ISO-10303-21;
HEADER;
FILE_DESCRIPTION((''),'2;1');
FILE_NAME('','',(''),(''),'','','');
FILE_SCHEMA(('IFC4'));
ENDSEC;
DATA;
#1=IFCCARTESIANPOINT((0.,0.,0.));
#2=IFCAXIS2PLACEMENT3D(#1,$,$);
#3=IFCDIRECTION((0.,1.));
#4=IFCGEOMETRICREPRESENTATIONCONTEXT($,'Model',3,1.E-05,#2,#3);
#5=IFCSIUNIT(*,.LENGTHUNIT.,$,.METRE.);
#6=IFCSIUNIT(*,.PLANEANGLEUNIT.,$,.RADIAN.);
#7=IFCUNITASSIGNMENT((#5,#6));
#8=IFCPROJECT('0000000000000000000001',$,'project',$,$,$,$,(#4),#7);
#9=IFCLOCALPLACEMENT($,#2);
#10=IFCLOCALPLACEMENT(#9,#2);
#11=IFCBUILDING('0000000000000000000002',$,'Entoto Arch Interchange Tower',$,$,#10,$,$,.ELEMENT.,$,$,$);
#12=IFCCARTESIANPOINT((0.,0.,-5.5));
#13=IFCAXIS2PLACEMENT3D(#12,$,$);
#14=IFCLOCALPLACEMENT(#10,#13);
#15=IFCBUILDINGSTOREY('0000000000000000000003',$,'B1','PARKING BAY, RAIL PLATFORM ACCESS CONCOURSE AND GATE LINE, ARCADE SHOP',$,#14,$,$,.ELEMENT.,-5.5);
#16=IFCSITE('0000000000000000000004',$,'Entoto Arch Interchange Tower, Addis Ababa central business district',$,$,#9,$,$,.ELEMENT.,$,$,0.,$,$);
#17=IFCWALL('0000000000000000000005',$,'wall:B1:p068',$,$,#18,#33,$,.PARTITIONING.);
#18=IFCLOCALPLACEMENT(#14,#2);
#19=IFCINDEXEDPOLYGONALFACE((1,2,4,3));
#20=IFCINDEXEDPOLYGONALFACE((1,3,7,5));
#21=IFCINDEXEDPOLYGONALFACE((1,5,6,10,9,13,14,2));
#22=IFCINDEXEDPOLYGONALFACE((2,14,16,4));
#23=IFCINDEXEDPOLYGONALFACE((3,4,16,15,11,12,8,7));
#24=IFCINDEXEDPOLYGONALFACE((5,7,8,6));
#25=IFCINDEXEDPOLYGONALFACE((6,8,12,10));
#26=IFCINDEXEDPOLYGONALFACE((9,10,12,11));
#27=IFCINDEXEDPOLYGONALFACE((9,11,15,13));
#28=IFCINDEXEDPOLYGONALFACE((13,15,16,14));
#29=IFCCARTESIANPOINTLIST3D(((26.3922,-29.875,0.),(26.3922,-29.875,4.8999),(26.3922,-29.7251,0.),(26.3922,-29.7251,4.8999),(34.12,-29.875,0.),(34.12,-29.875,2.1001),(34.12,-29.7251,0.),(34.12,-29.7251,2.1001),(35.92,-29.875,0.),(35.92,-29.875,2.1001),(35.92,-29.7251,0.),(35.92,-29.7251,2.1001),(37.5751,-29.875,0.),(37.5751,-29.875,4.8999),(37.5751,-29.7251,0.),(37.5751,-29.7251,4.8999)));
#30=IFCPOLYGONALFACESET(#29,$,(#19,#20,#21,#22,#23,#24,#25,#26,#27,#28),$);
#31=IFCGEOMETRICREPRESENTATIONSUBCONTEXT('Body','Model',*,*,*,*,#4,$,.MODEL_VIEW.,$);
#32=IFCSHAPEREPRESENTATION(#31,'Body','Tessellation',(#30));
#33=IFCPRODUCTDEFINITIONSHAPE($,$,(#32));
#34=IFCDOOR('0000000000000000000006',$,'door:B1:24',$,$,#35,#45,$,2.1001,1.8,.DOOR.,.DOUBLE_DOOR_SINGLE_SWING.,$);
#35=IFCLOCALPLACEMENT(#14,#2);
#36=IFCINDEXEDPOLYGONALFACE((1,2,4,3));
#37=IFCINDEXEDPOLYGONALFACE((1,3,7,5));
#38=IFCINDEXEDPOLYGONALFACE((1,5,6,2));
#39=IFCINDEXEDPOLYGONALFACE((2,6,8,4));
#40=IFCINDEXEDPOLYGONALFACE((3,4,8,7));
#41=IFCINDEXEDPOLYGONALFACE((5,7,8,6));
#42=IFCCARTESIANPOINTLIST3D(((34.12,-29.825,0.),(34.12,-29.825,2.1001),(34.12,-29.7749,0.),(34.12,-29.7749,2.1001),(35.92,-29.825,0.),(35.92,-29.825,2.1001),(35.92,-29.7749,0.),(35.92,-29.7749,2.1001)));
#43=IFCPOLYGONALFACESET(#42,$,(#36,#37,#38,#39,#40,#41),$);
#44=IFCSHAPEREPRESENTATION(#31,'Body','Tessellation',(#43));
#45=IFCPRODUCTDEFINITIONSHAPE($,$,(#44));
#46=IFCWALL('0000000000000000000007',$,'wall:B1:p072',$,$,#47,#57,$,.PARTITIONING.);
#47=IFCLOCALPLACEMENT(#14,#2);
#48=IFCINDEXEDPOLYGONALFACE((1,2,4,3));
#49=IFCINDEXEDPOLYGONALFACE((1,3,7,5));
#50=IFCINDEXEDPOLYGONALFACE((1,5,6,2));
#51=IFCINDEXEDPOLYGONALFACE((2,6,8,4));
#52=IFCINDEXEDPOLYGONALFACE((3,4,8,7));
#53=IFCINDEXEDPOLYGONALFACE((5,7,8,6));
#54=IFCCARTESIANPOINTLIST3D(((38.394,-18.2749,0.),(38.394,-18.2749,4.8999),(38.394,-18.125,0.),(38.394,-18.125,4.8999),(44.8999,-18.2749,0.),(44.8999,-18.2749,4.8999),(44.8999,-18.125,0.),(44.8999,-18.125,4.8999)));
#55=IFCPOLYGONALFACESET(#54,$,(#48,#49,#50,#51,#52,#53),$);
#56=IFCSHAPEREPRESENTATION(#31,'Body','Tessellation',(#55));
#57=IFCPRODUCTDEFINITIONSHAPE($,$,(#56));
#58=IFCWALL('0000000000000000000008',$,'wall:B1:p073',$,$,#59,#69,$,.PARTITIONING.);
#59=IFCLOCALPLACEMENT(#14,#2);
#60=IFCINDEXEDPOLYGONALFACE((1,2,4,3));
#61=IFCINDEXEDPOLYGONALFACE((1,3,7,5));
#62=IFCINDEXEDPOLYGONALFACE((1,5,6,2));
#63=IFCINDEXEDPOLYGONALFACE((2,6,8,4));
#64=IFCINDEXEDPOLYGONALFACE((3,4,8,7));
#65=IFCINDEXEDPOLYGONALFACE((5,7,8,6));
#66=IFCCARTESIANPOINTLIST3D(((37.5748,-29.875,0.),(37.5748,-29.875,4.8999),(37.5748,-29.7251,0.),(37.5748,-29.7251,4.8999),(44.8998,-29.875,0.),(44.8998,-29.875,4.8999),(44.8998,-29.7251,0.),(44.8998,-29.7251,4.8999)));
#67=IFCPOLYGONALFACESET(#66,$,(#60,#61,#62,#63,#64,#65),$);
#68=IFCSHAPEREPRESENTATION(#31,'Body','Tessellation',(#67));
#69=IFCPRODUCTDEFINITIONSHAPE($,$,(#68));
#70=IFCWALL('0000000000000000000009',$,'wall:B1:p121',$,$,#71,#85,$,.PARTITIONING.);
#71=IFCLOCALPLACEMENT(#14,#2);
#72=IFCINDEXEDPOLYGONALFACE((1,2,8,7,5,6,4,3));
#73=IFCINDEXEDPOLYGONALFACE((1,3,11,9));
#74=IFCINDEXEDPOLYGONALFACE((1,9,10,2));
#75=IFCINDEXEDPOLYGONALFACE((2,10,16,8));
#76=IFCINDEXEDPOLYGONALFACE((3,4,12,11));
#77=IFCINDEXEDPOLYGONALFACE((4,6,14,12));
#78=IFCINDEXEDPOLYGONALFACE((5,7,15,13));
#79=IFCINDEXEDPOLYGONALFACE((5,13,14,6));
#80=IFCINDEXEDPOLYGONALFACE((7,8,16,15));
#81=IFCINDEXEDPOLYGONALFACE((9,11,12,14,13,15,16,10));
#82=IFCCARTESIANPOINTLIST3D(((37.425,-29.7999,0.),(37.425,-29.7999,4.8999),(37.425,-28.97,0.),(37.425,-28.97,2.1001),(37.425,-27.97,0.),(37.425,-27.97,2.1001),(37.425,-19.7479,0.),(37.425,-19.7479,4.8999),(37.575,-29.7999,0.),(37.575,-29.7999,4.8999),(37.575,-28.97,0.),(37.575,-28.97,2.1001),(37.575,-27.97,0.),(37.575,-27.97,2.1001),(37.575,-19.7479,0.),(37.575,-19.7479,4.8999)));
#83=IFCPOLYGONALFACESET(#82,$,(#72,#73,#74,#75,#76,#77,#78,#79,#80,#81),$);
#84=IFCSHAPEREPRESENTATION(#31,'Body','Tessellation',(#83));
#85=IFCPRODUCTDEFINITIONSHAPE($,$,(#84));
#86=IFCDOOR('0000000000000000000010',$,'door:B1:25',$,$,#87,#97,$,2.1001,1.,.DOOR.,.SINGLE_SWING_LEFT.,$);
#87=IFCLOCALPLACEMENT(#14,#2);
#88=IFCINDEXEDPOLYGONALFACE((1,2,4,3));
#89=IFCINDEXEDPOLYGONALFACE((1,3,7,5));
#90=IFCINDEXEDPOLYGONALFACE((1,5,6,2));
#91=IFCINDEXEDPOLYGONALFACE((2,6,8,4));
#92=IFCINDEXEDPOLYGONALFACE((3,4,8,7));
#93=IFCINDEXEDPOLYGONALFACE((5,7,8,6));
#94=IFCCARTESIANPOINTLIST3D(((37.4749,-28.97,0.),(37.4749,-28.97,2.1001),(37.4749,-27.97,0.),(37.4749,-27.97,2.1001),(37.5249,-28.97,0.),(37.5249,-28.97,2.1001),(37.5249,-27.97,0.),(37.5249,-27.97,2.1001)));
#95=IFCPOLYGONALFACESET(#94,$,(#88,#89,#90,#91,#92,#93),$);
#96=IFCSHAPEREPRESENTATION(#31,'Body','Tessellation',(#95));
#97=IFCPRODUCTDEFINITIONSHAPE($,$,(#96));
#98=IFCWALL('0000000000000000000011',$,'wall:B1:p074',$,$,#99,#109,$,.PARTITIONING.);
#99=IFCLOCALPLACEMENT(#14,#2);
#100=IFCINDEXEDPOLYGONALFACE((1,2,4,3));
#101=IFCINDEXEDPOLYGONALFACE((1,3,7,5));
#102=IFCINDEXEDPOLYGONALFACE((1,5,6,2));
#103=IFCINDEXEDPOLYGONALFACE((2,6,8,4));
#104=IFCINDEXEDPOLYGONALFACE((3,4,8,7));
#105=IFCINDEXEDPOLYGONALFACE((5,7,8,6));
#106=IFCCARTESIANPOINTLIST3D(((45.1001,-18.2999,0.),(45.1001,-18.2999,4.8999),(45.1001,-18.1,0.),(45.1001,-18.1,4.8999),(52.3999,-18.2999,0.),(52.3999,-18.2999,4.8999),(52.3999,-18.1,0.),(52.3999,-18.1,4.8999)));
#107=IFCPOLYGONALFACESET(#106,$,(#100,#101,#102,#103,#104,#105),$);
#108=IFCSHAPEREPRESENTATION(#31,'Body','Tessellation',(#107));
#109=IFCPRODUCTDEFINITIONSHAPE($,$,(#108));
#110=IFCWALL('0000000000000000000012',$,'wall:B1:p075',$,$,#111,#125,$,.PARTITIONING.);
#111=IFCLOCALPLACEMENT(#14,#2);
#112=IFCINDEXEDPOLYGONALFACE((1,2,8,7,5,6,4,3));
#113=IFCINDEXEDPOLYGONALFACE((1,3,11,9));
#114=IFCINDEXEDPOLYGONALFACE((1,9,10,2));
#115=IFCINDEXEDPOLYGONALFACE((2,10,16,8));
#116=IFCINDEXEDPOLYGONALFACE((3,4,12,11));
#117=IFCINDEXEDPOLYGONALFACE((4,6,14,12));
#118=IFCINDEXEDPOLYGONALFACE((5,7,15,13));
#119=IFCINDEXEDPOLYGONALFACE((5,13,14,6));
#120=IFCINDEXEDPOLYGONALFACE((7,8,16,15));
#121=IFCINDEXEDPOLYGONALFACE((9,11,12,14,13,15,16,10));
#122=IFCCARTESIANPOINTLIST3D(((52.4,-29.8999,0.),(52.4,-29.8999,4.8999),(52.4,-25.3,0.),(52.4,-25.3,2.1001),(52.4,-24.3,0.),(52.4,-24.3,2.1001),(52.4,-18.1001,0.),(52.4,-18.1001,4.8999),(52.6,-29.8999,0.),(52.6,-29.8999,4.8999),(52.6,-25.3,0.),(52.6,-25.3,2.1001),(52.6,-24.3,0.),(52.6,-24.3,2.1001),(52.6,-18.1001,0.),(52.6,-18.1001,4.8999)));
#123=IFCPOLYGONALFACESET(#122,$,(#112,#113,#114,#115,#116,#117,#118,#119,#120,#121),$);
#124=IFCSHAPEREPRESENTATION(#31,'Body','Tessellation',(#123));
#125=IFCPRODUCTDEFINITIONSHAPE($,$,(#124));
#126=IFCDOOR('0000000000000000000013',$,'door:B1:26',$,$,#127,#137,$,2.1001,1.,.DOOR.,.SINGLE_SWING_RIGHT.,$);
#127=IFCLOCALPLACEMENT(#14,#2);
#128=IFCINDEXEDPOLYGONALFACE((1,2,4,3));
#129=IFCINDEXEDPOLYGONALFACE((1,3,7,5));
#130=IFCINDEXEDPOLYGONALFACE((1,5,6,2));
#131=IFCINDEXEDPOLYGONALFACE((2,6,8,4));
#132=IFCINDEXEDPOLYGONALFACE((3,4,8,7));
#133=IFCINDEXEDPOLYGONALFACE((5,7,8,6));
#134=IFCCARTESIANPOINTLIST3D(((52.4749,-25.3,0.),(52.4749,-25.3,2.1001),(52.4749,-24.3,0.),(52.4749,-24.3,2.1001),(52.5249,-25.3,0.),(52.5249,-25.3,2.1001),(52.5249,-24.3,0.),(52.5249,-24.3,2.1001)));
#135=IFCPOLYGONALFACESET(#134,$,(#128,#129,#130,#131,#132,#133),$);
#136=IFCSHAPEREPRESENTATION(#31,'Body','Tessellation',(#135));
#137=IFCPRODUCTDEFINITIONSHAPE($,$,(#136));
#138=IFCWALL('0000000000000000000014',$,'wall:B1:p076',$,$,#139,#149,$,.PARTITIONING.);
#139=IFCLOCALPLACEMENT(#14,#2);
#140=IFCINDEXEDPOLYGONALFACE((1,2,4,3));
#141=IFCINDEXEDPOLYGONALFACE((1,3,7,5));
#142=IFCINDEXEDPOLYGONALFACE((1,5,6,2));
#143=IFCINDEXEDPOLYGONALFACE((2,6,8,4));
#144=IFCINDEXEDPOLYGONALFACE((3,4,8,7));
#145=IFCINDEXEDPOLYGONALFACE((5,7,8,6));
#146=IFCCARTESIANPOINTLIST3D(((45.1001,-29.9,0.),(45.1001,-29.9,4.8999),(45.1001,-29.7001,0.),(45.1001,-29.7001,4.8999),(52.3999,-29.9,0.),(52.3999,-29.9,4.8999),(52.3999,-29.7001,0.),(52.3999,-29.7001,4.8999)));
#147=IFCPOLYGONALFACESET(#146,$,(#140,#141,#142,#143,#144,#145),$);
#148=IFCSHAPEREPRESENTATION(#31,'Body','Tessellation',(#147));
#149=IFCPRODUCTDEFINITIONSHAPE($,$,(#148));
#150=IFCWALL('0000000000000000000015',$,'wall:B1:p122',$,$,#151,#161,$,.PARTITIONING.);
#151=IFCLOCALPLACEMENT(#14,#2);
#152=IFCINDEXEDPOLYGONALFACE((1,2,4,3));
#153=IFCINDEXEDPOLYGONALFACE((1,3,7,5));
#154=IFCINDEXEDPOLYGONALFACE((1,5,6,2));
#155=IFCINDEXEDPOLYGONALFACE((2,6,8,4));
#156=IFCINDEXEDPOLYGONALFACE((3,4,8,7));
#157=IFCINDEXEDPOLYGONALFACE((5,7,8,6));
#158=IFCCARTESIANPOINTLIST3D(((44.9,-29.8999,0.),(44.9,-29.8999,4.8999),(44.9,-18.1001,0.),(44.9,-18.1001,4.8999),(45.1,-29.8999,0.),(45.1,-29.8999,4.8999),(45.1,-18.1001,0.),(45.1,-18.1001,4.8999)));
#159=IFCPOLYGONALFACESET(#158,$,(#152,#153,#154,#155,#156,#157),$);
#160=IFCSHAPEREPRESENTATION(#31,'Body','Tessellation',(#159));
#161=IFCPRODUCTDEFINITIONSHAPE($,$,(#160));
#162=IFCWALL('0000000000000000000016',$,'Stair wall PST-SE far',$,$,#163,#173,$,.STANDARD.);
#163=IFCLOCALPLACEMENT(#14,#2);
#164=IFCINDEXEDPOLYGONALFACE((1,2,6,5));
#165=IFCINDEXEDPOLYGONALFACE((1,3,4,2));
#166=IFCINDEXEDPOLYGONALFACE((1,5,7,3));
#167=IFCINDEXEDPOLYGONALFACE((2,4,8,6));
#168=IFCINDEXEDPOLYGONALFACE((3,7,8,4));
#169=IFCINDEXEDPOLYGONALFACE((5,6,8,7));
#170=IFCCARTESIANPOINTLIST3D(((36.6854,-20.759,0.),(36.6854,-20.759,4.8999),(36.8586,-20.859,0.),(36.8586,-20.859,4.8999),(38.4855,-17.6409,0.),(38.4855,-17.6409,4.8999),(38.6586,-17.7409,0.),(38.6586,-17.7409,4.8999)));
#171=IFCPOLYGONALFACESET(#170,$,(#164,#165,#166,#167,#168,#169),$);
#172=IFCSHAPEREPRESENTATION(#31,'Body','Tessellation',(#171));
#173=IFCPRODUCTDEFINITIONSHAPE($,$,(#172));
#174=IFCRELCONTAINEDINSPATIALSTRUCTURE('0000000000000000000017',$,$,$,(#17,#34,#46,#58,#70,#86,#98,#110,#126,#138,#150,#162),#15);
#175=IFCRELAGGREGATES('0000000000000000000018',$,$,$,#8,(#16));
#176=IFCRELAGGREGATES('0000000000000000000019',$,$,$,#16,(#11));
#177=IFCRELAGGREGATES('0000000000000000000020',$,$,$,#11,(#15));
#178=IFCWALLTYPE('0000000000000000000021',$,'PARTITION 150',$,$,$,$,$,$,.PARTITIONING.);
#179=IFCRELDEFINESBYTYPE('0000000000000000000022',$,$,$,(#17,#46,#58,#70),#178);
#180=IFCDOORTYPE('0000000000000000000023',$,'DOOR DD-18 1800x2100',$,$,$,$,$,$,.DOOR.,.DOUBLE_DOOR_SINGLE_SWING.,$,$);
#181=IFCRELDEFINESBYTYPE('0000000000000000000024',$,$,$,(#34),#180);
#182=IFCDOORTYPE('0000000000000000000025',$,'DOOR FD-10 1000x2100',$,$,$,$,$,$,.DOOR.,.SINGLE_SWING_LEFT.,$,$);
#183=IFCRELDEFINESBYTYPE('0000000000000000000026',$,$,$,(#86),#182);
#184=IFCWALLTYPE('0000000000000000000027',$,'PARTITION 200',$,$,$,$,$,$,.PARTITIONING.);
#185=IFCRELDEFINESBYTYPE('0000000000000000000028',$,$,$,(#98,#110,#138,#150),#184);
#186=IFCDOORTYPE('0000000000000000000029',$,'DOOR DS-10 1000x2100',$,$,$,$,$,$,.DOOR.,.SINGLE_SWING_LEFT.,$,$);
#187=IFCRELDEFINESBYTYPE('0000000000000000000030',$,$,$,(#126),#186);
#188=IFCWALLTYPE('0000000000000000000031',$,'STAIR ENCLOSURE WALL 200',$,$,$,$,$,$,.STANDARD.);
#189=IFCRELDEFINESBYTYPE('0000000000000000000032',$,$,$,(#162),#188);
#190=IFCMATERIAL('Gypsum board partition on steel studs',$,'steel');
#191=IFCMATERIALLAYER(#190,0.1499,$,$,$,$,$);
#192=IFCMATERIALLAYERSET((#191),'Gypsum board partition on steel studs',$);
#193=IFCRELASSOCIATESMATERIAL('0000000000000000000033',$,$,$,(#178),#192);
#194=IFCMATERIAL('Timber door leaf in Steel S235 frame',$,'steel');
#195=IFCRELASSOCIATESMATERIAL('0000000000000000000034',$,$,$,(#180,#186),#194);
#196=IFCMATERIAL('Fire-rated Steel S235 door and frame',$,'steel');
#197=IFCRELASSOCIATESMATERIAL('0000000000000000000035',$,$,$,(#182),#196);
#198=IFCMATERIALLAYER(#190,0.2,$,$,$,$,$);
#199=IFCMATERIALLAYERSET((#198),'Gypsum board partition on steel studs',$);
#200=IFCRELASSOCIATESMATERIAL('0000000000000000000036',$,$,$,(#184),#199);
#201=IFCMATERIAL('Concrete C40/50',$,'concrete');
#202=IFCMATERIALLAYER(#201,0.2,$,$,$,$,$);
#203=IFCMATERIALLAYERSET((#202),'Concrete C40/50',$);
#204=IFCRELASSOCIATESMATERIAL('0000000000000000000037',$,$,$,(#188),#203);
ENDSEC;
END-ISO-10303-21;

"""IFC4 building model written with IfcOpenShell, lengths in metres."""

from ifc_helpers import new_model, si_unit, direction, frame, frame_2d, origin, place, context, subcontext, project, spatial, rectangle, extrude, material, layer, layer_set, type_object, element, fill, save


model = new_model("IFC4")

# Units and contexts
model_context = context("Model", 3, precision=1e-05, world=origin(), true_north=direction((0.0, 1.0)))
body_context = subcontext(model_context, "Body", "Model", "MODEL_VIEW")
ifc_project = project(units=[si_unit("LENGTHUNIT", "METRE"), si_unit("PLANEANGLEUNIT", "RADIAN")], contexts=[model_context])

# Site, building, storey
site_placement = place(None, origin())
site = spatial("IfcSite", under=ifc_project, at=site_placement, Name="Entoto Arch Interchange Tower, Addis Ababa central business district", CompositionType="ELEMENT", RefElevation=0.0)
building_placement = place(site_placement, origin())
building = spatial("IfcBuilding", under=site, at=building_placement, Name="Entoto Arch Interchange Tower", CompositionType="ELEMENT")
storey_placement = place(building_placement, frame((0.0, 0.0, -5.5)))
storey = spatial("IfcBuildingStorey", under=building, at=storey_placement, Name="B1", Description="PARKING BAY, RAIL PLATFORM ACCESS CONCOURSE AND GATE LINE, ARCADE SHOP", CompositionType="ELEMENT", Elevation=-5.5)

# Shared definitions
ifc_material_1 = material(Name="Concrete C40/50", Category="concrete")

# Wall, opening, door
ifc_material_2 = material(Name="Gypsum board partition on steel studs", Category="steel")
ifc_layer_1 = layer(ifc_material_2, 0.1499)
ifc_layer_set_1 = layer_set([ifc_layer_1], Name="Gypsum board partition on steel studs")
wall_type_1 = type_object("IfcWallType", Name="PARTITION 150", PredefinedType="PARTITIONING", material=ifc_layer_set_1)
wall_1_placement = place(storey_placement, frame((37.575, -29.8, 0.0), z_axis=(0.0, 0.0, 1.0), x_axis=(-1.0, 0.0, 0.0)))
wall_1 = element("IfcWall", 1, at=wall_1_placement, inside=storey, type_object=wall_type_1, Name="wall:B1:p068", PredefinedType="PARTITIONING", context=body_context, shape_type="SweptSolid", body=[
    extrude(rectangle(XDim=11.1829, YDim=0.1499, at=frame_2d((5.5913, 0.0))), origin(), (0.0, 0.0, 1.0), 4.8999),
])
opening_1_placement = place(wall_1_placement, frame((1.655, 0.0, 0.0)))
opening_1 = element("IfcOpeningElement", 2, at=opening_1_placement, cuts=wall_1, PredefinedType="OPENING", context=body_context, shape_type="SweptSolid", body=[
    extrude(rectangle(XDim=1.8, YDim=2.1001, at=frame_2d((0.8999, 1.05))), frame((0.0, 0.085, 0.0), z_axis=(0.0, -1.0, 0.0), x_axis=(1.0, 0.0, 0.0)), (0.0, 0.0, 1.0), 0.1699),
])
ifc_material_3 = material(Name="Timber door leaf in Steel S235 frame", Category="steel")
door_type_1 = type_object("IfcDoorType", Name="DOOR DD-18 1800x2100", OperationType="DOUBLE_DOOR_SINGLE_SWING", PredefinedType="DOOR", material=ifc_material_3)
door_1_placement = place(opening_1_placement, origin())
door_1 = element("IfcDoor", 3, at=door_1_placement, inside=storey, type_object=door_type_1, Name="door:B1:24", OperationType="DOUBLE_DOOR_SINGLE_SWING", OverallHeight=2.1001, OverallWidth=1.8, PredefinedType="DOOR", context=body_context, shape_type="SweptSolid", body=[
    extrude(rectangle(XDim=1.8, YDim=2.1001, at=frame_2d((0.8999, 1.05))), frame((0.0, 0.0249, 0.0), z_axis=(0.0, -1.0, 0.0), x_axis=(1.0, 0.0, 0.0)), (0.0, 0.0, 1.0), 0.05),
])
fill(opening_1, door_1)

# Walls
wall_2_placement = place(storey_placement, frame((38.394, -18.2, 0.0), z_axis=(0.0, 0.0, 1.0), x_axis=(1.0, 0.0, 0.0)))
element("IfcWall", 4, at=wall_2_placement, inside=storey, type_object=wall_type_1, Name="wall:B1:p072", PredefinedType="PARTITIONING", context=body_context, shape_type="SweptSolid", body=[
    extrude(rectangle(XDim=6.5059, YDim=0.1499, at=frame_2d((3.2529, 0.0))), origin(), (0.0, 0.0, 1.0), 4.8999),
])
wall_3_placement = place(storey_placement, frame((44.8999, -29.8, 0.0), z_axis=(0.0, 0.0, 1.0), x_axis=(-1.0, 0.0, 0.0)))
element("IfcWall", 5, at=wall_3_placement, inside=storey, type_object=wall_type_1, Name="wall:B1:p073", PredefinedType="PARTITIONING", context=body_context, shape_type="SweptSolid", body=[
    extrude(rectangle(XDim=7.325, YDim=0.1499, at=frame_2d((3.6626, 0.0))), origin(), (0.0, 0.0, 1.0), 4.8999),
])

# Wall, opening, door
wall_4_placement = place(storey_placement, frame((37.5, -19.748, 0.0), z_axis=(0.0, 0.0, 1.0), x_axis=(0.0, -1.0, 0.0)))
wall_4 = element("IfcWall", 6, at=wall_4_placement, inside=storey, type_object=wall_type_1, Name="wall:B1:p121", PredefinedType="PARTITIONING", context=body_context, shape_type="SweptSolid", body=[
    extrude(rectangle(XDim=10.052, YDim=0.1499, at=frame_2d((5.0259, 0.0))), origin(), (0.0, 0.0, 1.0), 4.8999),
])
opening_2_placement = place(wall_4_placement, frame((8.2219, 0.0, 0.0)))
opening_2 = element("IfcOpeningElement", 7, at=opening_2_placement, cuts=wall_4, PredefinedType="OPENING", context=body_context, shape_type="SweptSolid", body=[
    extrude(rectangle(XDim=1.0, YDim=2.1001, at=frame_2d((0.5, 1.05))), frame((0.0, 0.085, 0.0), z_axis=(0.0, -1.0, 0.0), x_axis=(1.0, 0.0, 0.0)), (0.0, 0.0, 1.0), 0.1699),
])
ifc_material_4 = material(Name="Fire-rated Steel S235 door and frame", Category="steel")
door_type_2 = type_object("IfcDoorType", Name="DOOR FD-10 1000x2100", OperationType="SINGLE_SWING_LEFT", PredefinedType="DOOR", material=ifc_material_4)
door_2_placement = place(opening_2_placement, origin())
door_2 = element("IfcDoor", 8, at=door_2_placement, inside=storey, type_object=door_type_2, Name="door:B1:25", OperationType="SINGLE_SWING_LEFT", OverallHeight=2.1001, OverallWidth=1.0, PredefinedType="DOOR", context=body_context, shape_type="SweptSolid", body=[
    extrude(rectangle(XDim=1.0, YDim=2.1001, at=frame_2d((0.5, 1.05))), frame((0.0, 0.0249, 0.0), z_axis=(0.0, -1.0, 0.0), x_axis=(1.0, 0.0, 0.0)), (0.0, 0.0, 1.0), 0.05),
])
fill(opening_2, door_2)

# Wall
ifc_layer_2 = layer(ifc_material_2, 0.2)
ifc_layer_set_2 = layer_set([ifc_layer_2], Name="Gypsum board partition on steel studs")
wall_type_2 = type_object("IfcWallType", Name="PARTITION 200", PredefinedType="PARTITIONING", material=ifc_layer_set_2)
wall_5_placement = place(storey_placement, frame((45.1001, -18.2, 0.0), z_axis=(0.0, 0.0, 1.0), x_axis=(1.0, 0.0, 0.0)))
element("IfcWall", 9, at=wall_5_placement, inside=storey, type_object=wall_type_2, Name="wall:B1:p074", PredefinedType="PARTITIONING", context=body_context, shape_type="SweptSolid", body=[
    extrude(rectangle(XDim=7.2998, YDim=0.2, at=frame_2d((3.6499, 0.0))), origin(), (0.0, 0.0, 1.0), 4.8999),
])

# Wall, opening, door
wall_6_placement = place(storey_placement, frame((52.5, -18.1001, 0.0), z_axis=(0.0, 0.0, 1.0), x_axis=(0.0, -1.0, 0.0)))
wall_6 = element("IfcWall", 10, at=wall_6_placement, inside=storey, type_object=wall_type_2, Name="wall:B1:p075", PredefinedType="PARTITIONING", context=body_context, shape_type="SweptSolid", body=[
    extrude(rectangle(XDim=11.7998, YDim=0.2, at=frame_2d((5.8999, 0.0))), origin(), (0.0, 0.0, 1.0), 4.8999),
])
opening_3_placement = place(wall_6_placement, frame((6.2, 0.0, 0.0)))
opening_3 = element("IfcOpeningElement", 11, at=opening_3_placement, cuts=wall_6, PredefinedType="OPENING", context=body_context, shape_type="SweptSolid", body=[
    extrude(rectangle(XDim=1.0, YDim=2.1001, at=frame_2d((0.5, 1.05))), frame((0.0, 0.1099, 0.0), z_axis=(0.0, -1.0, 0.0), x_axis=(1.0, 0.0, 0.0)), (0.0, 0.0, 1.0), 0.22),
])
door_type_3 = type_object("IfcDoorType", Name="DOOR DS-10 1000x2100", OperationType="SINGLE_SWING_LEFT", PredefinedType="DOOR", material=ifc_material_3)
door_3_placement = place(opening_3_placement, origin())
door_3 = element("IfcDoor", 12, at=door_3_placement, inside=storey, type_object=door_type_3, Name="door:B1:26", OperationType="SINGLE_SWING_RIGHT", OverallHeight=2.1001, OverallWidth=1.0, PredefinedType="DOOR", context=body_context, shape_type="SweptSolid", body=[
    extrude(rectangle(XDim=1.0, YDim=2.1001, at=frame_2d((0.5, 1.05))), frame((0.0, 0.0249, 0.0), z_axis=(0.0, -1.0, 0.0), x_axis=(1.0, 0.0, 0.0)), (0.0, 0.0, 1.0), 0.05),
])
fill(opening_3, door_3)

# Walls
wall_7_placement = place(storey_placement, frame((52.3999, -29.8, 0.0), z_axis=(0.0, 0.0, 1.0), x_axis=(-1.0, 0.0, 0.0)))
element("IfcWall", 13, at=wall_7_placement, inside=storey, type_object=wall_type_2, Name="wall:B1:p076", PredefinedType="PARTITIONING", context=body_context, shape_type="SweptSolid", body=[
    extrude(rectangle(XDim=7.2998, YDim=0.2, at=frame_2d((3.6499, 0.0))), origin(), (0.0, 0.0, 1.0), 4.8999),
])
wall_8_placement = place(storey_placement, frame((45.0, -18.1001, 0.0), z_axis=(0.0, 0.0, 1.0), x_axis=(0.0, -1.0, 0.0)))
element("IfcWall", 14, at=wall_8_placement, inside=storey, type_object=wall_type_2, Name="wall:B1:p122", PredefinedType="PARTITIONING", context=body_context, shape_type="SweptSolid", body=[
    extrude(rectangle(XDim=11.7998, YDim=0.2, at=frame_2d((5.8999, 0.0))), origin(), (0.0, 0.0, 1.0), 4.8999),
])
ifc_layer_3 = layer(ifc_material_1, 0.2)
ifc_layer_set_3 = layer_set([ifc_layer_3], Name="Concrete C40/50")
wall_type_3 = type_object("IfcWallType", Name="STAIR ENCLOSURE WALL 200", PredefinedType="STANDARD", material=ifc_layer_set_3)
wall_9_placement = place(storey_placement, frame((36.772, -20.8091, 0.0), z_axis=(0.0, 0.0, 1.0), x_axis=(0.499953, 0.866052, 0.0)))
element("IfcWall", 15, at=wall_9_placement, inside=storey, type_object=wall_type_3, Name="Stair wall PST-SE far", PredefinedType="STANDARD", context=body_context, shape_type="SweptSolid", body=[
    extrude(rectangle(XDim=3.6003, YDim=0.2, at=frame_2d((1.8003, 0.0))), origin(), (0.0, 0.0, 1.0), 4.8999),
])

save(model, "model.ifc")
